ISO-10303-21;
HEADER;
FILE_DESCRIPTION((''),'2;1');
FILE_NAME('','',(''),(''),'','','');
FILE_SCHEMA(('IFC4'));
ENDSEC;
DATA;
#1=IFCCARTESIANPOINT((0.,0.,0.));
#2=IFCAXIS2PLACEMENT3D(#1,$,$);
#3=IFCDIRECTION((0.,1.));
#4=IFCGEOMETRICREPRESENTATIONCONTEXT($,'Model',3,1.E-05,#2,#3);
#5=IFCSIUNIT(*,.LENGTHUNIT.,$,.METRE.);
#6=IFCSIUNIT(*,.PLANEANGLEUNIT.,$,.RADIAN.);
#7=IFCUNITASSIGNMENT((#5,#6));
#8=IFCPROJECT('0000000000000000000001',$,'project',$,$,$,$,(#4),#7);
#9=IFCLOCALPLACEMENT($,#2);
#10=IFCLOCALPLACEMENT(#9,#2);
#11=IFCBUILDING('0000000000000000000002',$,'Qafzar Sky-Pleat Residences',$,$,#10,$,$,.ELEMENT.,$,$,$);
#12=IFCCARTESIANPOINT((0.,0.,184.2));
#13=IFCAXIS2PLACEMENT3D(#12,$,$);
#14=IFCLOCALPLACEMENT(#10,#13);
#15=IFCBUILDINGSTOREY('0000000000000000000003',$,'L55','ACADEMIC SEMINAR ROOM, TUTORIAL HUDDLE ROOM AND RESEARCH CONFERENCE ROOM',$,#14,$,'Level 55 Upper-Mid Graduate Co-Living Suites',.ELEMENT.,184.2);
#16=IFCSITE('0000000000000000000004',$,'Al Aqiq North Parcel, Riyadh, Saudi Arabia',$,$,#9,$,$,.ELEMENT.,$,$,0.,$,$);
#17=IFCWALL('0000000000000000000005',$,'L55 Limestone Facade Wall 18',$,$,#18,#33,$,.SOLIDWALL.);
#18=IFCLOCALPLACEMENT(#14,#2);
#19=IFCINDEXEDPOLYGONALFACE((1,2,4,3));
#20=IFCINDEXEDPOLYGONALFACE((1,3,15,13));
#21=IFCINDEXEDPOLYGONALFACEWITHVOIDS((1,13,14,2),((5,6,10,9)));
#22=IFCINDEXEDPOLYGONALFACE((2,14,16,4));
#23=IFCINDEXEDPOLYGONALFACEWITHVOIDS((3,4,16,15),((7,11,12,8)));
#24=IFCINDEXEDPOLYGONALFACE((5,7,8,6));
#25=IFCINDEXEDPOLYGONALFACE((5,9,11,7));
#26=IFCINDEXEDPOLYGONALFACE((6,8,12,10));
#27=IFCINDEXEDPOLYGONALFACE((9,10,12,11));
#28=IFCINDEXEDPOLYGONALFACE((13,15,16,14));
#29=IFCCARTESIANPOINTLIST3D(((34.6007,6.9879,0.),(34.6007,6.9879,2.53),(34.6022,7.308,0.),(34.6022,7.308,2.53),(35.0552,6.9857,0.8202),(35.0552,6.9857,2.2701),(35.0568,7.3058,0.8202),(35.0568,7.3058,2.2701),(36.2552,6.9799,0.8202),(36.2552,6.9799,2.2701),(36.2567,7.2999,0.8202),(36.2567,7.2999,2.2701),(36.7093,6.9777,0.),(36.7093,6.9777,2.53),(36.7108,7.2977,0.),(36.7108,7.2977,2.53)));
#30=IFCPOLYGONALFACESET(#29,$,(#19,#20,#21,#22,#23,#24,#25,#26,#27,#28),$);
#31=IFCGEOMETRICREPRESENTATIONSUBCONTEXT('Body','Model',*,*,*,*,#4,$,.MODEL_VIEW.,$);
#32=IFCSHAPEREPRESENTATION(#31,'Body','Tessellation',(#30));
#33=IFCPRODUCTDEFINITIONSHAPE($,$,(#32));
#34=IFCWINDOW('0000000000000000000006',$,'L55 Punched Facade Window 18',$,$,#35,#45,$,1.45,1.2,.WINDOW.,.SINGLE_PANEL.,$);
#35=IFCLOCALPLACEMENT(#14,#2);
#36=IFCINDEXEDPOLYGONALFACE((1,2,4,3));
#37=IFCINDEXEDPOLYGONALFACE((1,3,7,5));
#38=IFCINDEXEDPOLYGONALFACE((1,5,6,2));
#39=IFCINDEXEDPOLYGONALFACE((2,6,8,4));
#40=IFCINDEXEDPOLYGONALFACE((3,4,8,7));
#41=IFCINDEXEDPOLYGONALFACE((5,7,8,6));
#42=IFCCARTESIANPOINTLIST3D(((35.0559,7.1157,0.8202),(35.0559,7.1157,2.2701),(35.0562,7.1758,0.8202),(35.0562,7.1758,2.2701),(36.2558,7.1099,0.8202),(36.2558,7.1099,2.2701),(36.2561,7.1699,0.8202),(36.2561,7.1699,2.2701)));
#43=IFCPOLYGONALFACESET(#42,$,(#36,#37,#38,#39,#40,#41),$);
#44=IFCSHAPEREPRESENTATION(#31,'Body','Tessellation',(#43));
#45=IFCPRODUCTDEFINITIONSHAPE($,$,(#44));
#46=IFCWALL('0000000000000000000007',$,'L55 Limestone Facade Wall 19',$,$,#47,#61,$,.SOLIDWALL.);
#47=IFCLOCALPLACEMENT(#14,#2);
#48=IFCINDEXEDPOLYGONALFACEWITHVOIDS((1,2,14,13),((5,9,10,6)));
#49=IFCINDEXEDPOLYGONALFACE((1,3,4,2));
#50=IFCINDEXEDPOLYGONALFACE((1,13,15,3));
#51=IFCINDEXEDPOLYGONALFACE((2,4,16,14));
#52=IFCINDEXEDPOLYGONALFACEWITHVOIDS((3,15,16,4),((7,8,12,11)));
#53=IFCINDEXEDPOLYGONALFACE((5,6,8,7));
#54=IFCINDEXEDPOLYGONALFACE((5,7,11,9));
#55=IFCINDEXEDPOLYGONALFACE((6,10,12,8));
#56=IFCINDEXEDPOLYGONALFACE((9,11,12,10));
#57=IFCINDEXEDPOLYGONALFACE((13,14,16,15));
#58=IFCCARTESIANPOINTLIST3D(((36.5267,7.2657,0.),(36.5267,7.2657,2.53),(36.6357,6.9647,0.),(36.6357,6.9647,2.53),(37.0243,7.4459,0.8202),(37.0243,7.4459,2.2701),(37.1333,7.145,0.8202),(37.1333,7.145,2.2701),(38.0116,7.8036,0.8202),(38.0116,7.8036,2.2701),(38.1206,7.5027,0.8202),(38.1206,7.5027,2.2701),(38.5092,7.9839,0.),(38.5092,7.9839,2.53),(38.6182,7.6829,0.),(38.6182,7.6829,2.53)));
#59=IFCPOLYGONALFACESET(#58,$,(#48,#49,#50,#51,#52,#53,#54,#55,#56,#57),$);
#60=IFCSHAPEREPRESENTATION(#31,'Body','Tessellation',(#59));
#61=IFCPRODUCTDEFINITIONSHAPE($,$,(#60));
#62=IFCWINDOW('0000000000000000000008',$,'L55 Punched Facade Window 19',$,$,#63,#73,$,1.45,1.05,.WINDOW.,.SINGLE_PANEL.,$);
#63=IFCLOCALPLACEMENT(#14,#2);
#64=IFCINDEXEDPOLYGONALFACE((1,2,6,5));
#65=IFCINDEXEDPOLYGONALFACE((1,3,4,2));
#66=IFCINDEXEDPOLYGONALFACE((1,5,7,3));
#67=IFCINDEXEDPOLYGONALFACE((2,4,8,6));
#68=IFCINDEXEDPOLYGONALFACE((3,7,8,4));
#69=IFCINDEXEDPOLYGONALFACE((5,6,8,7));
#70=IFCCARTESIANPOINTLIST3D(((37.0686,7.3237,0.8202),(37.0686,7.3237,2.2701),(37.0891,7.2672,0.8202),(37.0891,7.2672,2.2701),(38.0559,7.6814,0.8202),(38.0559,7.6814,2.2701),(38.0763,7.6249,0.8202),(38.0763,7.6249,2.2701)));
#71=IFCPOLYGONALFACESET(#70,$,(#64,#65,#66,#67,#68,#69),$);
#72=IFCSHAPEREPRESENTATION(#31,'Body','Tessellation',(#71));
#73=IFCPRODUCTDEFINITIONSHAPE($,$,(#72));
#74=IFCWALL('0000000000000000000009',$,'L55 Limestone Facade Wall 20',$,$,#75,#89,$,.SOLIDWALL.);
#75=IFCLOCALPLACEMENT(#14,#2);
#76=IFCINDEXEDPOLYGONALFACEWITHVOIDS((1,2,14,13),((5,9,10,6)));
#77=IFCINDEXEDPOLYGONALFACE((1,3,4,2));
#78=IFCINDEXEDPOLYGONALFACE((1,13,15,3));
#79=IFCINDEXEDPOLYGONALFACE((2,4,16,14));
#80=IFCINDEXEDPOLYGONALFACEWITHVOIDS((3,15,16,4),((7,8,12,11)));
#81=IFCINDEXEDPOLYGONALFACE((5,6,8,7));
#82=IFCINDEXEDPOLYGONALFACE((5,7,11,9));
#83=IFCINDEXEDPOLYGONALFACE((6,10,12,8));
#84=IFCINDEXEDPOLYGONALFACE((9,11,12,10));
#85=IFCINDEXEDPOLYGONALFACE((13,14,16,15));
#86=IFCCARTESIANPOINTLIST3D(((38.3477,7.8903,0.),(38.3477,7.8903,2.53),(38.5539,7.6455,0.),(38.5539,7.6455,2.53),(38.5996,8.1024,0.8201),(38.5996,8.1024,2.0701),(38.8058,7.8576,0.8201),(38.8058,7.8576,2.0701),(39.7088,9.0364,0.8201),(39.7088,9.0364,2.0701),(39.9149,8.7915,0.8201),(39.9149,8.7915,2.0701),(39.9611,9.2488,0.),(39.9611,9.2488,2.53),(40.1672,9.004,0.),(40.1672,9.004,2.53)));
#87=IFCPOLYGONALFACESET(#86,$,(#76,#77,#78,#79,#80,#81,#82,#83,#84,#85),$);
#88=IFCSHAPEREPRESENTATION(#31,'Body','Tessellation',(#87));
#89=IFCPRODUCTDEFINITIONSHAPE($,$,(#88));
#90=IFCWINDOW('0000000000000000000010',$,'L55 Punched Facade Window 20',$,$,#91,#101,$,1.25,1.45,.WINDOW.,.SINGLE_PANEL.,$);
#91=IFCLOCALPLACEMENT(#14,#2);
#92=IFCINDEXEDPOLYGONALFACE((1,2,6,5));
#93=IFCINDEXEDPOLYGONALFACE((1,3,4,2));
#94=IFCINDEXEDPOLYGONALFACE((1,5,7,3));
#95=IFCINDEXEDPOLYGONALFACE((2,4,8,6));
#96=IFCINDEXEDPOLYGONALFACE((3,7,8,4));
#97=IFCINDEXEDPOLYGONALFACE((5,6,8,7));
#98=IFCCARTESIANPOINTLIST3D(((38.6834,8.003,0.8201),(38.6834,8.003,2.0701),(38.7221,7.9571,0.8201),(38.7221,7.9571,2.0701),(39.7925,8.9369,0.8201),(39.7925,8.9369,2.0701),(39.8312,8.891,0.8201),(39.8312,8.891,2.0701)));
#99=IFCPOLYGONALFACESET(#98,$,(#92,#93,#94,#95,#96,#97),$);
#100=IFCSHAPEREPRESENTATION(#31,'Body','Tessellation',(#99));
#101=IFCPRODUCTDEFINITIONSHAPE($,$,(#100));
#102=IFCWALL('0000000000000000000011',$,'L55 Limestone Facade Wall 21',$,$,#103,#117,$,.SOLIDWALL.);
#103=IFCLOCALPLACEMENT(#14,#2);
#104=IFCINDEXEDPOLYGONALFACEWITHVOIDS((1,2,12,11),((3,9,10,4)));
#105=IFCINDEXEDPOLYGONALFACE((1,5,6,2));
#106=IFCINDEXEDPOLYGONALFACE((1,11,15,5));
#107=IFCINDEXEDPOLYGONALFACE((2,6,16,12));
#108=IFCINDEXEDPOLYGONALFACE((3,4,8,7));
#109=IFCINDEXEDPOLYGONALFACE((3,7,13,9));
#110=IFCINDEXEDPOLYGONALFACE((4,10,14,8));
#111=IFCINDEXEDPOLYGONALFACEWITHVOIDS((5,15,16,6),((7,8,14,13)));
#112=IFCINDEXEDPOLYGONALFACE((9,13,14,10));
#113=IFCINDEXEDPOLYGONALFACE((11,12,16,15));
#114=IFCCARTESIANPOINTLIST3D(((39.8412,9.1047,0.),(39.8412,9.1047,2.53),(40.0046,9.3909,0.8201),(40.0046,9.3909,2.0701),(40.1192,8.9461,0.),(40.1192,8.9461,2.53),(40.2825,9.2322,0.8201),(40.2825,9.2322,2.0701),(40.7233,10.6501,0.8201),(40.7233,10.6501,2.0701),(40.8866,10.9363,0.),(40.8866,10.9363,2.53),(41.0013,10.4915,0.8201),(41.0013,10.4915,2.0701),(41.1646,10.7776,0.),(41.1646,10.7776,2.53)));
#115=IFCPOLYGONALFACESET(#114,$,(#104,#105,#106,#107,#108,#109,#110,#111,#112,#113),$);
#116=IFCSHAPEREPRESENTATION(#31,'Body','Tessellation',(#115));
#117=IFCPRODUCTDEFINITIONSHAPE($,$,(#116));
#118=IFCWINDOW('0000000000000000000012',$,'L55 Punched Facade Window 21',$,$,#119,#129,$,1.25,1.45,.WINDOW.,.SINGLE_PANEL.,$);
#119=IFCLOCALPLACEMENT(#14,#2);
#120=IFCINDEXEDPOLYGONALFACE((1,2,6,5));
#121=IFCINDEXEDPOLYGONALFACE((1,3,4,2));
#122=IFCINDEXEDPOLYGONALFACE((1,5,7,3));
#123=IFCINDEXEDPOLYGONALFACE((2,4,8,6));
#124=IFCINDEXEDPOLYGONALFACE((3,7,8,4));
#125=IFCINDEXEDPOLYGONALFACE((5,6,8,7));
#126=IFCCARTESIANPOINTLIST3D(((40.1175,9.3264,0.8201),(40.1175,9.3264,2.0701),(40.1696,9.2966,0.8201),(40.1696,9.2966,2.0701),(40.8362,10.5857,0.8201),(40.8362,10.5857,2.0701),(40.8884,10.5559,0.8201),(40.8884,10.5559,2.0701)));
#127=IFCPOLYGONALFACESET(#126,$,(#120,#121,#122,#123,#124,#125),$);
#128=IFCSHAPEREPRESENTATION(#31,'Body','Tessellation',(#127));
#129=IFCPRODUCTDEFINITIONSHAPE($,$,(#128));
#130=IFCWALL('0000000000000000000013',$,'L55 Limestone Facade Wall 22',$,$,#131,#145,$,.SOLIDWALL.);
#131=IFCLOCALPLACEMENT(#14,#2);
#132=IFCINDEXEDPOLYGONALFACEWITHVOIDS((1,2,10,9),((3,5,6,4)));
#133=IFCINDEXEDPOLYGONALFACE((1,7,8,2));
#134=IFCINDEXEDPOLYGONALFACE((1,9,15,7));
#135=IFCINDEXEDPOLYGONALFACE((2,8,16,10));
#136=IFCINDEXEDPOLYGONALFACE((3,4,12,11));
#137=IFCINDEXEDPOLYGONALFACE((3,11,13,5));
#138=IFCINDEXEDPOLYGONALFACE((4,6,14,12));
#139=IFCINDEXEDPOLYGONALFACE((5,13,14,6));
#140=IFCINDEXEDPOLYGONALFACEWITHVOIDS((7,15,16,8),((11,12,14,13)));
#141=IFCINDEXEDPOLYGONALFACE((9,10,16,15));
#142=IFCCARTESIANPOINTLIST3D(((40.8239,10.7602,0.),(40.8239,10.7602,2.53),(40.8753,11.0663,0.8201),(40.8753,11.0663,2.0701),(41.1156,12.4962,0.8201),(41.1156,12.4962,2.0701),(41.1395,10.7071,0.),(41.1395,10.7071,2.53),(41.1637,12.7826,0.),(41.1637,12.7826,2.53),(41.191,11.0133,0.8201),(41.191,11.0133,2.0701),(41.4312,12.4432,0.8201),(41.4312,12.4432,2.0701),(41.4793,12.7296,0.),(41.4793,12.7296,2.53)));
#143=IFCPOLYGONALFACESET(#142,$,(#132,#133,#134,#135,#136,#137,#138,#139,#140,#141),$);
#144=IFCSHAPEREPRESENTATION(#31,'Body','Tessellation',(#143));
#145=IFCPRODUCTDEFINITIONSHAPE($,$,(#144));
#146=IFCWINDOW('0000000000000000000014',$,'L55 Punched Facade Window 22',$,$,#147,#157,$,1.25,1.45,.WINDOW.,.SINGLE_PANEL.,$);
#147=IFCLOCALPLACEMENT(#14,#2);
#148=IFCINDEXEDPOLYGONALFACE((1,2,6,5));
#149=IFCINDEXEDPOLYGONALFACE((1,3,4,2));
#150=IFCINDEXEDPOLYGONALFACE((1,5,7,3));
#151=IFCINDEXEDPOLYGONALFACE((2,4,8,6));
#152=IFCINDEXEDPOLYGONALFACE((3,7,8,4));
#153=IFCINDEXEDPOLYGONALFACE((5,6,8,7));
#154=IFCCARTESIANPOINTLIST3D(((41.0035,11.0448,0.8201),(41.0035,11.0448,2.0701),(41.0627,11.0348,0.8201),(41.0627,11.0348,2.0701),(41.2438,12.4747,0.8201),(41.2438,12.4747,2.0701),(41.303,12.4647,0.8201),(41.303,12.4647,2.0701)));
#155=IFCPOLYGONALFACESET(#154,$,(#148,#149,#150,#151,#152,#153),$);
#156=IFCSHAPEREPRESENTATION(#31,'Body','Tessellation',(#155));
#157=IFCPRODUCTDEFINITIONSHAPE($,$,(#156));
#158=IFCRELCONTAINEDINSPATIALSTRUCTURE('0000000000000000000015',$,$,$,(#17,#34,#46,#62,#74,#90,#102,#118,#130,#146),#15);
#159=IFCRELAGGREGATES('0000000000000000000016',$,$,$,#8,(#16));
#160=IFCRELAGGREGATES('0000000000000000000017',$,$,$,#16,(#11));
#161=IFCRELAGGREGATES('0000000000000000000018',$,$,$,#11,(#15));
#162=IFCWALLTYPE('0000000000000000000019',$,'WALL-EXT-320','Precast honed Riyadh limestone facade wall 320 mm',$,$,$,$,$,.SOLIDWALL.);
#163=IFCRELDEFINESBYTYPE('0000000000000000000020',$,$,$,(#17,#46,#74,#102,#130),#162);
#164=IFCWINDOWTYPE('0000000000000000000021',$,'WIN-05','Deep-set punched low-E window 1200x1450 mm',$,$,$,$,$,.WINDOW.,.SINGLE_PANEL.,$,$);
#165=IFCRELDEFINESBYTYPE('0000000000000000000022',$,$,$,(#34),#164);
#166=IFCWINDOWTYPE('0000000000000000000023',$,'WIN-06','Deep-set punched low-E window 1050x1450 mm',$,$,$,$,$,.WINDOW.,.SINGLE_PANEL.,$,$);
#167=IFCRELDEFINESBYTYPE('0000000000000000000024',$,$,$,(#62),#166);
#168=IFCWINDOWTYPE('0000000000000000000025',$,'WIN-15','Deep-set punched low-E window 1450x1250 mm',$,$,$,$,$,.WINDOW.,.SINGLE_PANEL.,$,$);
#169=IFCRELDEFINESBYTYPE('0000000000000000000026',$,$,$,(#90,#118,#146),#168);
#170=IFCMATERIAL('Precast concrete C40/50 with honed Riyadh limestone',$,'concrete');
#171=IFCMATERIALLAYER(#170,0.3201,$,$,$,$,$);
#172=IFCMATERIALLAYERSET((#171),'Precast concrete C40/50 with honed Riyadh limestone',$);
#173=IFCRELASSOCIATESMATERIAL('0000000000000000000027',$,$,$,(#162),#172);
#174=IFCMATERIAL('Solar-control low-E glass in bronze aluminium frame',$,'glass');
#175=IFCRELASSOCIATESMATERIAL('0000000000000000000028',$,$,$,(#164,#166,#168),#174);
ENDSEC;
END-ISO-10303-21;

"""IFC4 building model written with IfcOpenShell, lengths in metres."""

from ifc_helpers import new_model, si_unit, direction, frame, frame_2d, origin, place, context, subcontext, project, spatial, rectangle, extrude, source, transform, mapped, material, layer, layer_set, type_object, element, fill, save


model = new_model("IFC4")

# Units and contexts
model_context = context("Model", 3, precision=1e-05, world=origin(), true_north=direction((0.0, 1.0)))
body_context = subcontext(model_context, "Body", "Model", "MODEL_VIEW")
ifc_project = project(units=[si_unit("LENGTHUNIT", "METRE"), si_unit("PLANEANGLEUNIT", "RADIAN")], contexts=[model_context])

# Site, building, storey
site_placement = place(None, origin())
site = spatial("IfcSite", under=ifc_project, at=site_placement, Name="Al Aqiq North Parcel, Riyadh, Saudi Arabia", CompositionType="ELEMENT", RefElevation=0.0)
building_placement = place(site_placement, origin())
building = spatial("IfcBuilding", under=site, at=building_placement, Name="Qafzar Sky-Pleat Residences", CompositionType="ELEMENT")
storey_placement = place(building_placement, frame((0.0, 0.0, 184.2)))
storey = spatial("IfcBuildingStorey", under=building, at=storey_placement, Name="L55", Description="ACADEMIC SEMINAR ROOM, TUTORIAL HUDDLE ROOM AND RESEARCH CONFERENCE ROOM", LongName="Level 55 Upper-Mid Graduate Co-Living Suites", CompositionType="ELEMENT", Elevation=184.2)

# Walls, openings, windows
ifc_material_1 = material(Name="Precast concrete C40/50 with honed Riyadh limestone", Category="concrete")
ifc_layer_1 = layer(ifc_material_1, 0.3201)
ifc_layer_set_1 = layer_set([ifc_layer_1], Name="Precast concrete C40/50 with honed Riyadh limestone")
wall_type = type_object("IfcWallType", Name="WALL-EXT-320", Description="Precast honed Riyadh limestone facade wall 320 mm", PredefinedType="SOLIDWALL", material=ifc_layer_set_1)
wall_1_placement = place(storey_placement, frame((34.6016, 7.1479, 0.0), z_axis=(0.0, 0.0, 1.0), x_axis=(0.999988, -0.004863, 0.0)))
wall_1 = element("IfcWall", 1, at=wall_1_placement, inside=storey, type_object=wall_type, Name="L55 Limestone Facade Wall 18", PredefinedType="SOLIDWALL", context=body_context, shape_type="SweptSolid", body=[
    extrude(rectangle(XDim=2.1086, YDim=0.3201, at=frame_2d((1.0542, 0.0))), origin(), (0.0, 0.0, 1.0), 2.53),
])
opening_1_placement = place(wall_1_placement, frame((0.4543, 0.0, 0.8201)))
opening_1 = element("IfcOpeningElement", 2, at=opening_1_placement, cuts=wall_1, PredefinedType="OPENING", context=body_context, shape_type="SweptSolid", body=[
    extrude(rectangle(XDim=1.2, YDim=1.45, at=frame_2d((0.6001, 0.7251))), frame((0.0, 0.1699, 0.0), z_axis=(0.0, -1.0, 0.0), x_axis=(1.0, 0.0, 0.0)), (0.0, 0.0, 1.0), 0.3401),
])
ifc_material_2 = material(Name="Solar-control low-E glass in bronze aluminium frame", Category="glass")
window_type_1 = type_object("IfcWindowType", Name="WIN-05", Description="Deep-set punched low-E window 1200x1450 mm", PartitioningType="SINGLE_PANEL", PredefinedType="WINDOW", material=ifc_material_2)
shared_shape_1 = source(origin(), body_context, "Body", "SweptSolid", [
    extrude(rectangle(XDim=1.2, YDim=1.45, at=frame_2d((0.6001, 0.7251))), frame((0.0, 0.03, 0.0), z_axis=(0.0, -1.0, 0.0), x_axis=(1.0, 0.0, 0.0)), (0.0, 0.0, 1.0), 0.0601),
])
window_1_placement = place(opening_1_placement, origin())
window_1 = element("IfcWindow", 3, at=window_1_placement, inside=storey, type_object=window_type_1, Name="L55 Punched Facade Window 18", OverallHeight=1.45, OverallWidth=1.2, PartitioningType="SINGLE_PANEL", PredefinedType="WINDOW", context=body_context, shape_type="MappedRepresentation", body=[
    mapped(shared_shape_1, transform((0.0, 0.0, 0.0), x_axis=(1.0, 0.0, 0.0), y_axis=(0.0, 1.0, 0.0), z_axis=(0.0, 0.0, 1.0), scale=1.0)),
])
fill(opening_1, window_1)
wall_2_placement = place(storey_placement, frame((36.5813, 7.1152, 0.0), z_axis=(0.0, 0.0, 1.0), x_axis=(0.940205, 0.340609, 0.0)))
wall_2 = element("IfcWall", 4, at=wall_2_placement, inside=storey, type_object=wall_type, Name="L55 Limestone Facade Wall 19", PredefinedType="SOLIDWALL", context=body_context, shape_type="SweptSolid", body=[
    extrude(rectangle(XDim=2.1086, YDim=0.3201, at=frame_2d((1.0542, 0.0))), origin(), (0.0, 0.0, 1.0), 2.53),
])
opening_2_placement = place(wall_2_placement, frame((0.5293, 0.0, 0.8201)))
opening_2 = element("IfcOpeningElement", 5, at=opening_2_placement, cuts=wall_2, PredefinedType="OPENING", context=body_context, shape_type="SweptSolid", body=[
    extrude(rectangle(XDim=1.05, YDim=1.45, at=frame_2d((0.5249, 0.7251))), frame((0.0, 0.1699, 0.0), z_axis=(0.0, -1.0, 0.0), x_axis=(1.0, 0.0, 0.0)), (0.0, 0.0, 1.0), 0.3401),
])
window_type_2 = type_object("IfcWindowType", Name="WIN-06", Description="Deep-set punched low-E window 1050x1450 mm", PartitioningType="SINGLE_PANEL", PredefinedType="WINDOW", material=ifc_material_2)
shared_shape_2 = source(origin(), body_context, "Body", "SweptSolid", [
    extrude(rectangle(XDim=1.05, YDim=1.45, at=frame_2d((0.5249, 0.7251))), frame((0.0, 0.03, 0.0), z_axis=(0.0, -1.0, 0.0), x_axis=(1.0, 0.0, 0.0)), (0.0, 0.0, 1.0), 0.0601),
])
window_2_placement = place(opening_2_placement, origin())
window_2 = element("IfcWindow", 6, at=window_2_placement, inside=storey, type_object=window_type_2, Name="L55 Punched Facade Window 19", OverallHeight=1.45, OverallWidth=1.05, PartitioningType="SINGLE_PANEL", PredefinedType="WINDOW", context=body_context, shape_type="MappedRepresentation", body=[
    mapped(shared_shape_2, transform((0.0, 0.0, 0.0), x_axis=(1.0, 0.0, 0.0), y_axis=(0.0, 1.0, 0.0), z_axis=(0.0, 0.0, 1.0), scale=1.0)),
])
fill(opening_2, window_2)
wall_3_placement = place(storey_placement, frame((38.4507, 7.7678, 0.0), z_axis=(0.0, 0.0, 1.0), x_axis=(0.764947, 0.644093, 0.0)))
wall_3 = element("IfcWall", 7, at=wall_3_placement, inside=storey, type_object=wall_type, Name="L55 Limestone Facade Wall 20", PredefinedType="SOLIDWALL", context=body_context, shape_type="SweptSolid", body=[
    extrude(rectangle(XDim=2.1091, YDim=0.3201, at=frame_2d((1.0547, 0.0))), origin(), (0.0, 0.0, 1.0), 2.53),
])
opening_3_placement = place(wall_3_placement, frame((0.3293, 0.0, 0.8201)))
opening_3 = element("IfcOpeningElement", 8, at=opening_3_placement, cuts=wall_3, PredefinedType="OPENING", context=body_context, shape_type="SweptSolid", body=[
    extrude(rectangle(XDim=1.45, YDim=1.25, at=frame_2d((0.7251, 0.625))), frame((0.0, 0.1699, 0.0), z_axis=(0.0, -1.0, 0.0), x_axis=(1.0, 0.0, 0.0)), (0.0, 0.0, 1.0), 0.3401),
])
window_type_3 = type_object("IfcWindowType", Name="WIN-15", Description="Deep-set punched low-E window 1450x1250 mm", PartitioningType="SINGLE_PANEL", PredefinedType="WINDOW", material=ifc_material_2)
shared_shape_3 = source(origin(), body_context, "Body", "SweptSolid", [
    extrude(rectangle(XDim=1.45, YDim=1.25, at=frame_2d((0.7251, 0.625))), frame((0.0, 0.03, 0.0), z_axis=(0.0, -1.0, 0.0), x_axis=(1.0, 0.0, 0.0)), (0.0, 0.0, 1.0), 0.0601),
])
window_3_placement = place(opening_3_placement, origin())
window_3 = element("IfcWindow", 9, at=window_3_placement, inside=storey, type_object=window_type_3, Name="L55 Punched Facade Window 20", OverallHeight=1.25, OverallWidth=1.45, PartitioningType="SINGLE_PANEL", PredefinedType="WINDOW", context=body_context, shape_type="MappedRepresentation", body=[
    mapped(shared_shape_3, transform((0.0, 0.0, 0.0), x_axis=(1.0, 0.0, 0.0), y_axis=(0.0, 1.0, 0.0), z_axis=(0.0, 0.0, 1.0), scale=1.0)),
])
fill(opening_3, window_3)
wall_4_placement = place(storey_placement, frame((39.9802, 9.0254, 0.0), z_axis=(0.0, 0.0, 1.0), x_axis=(0.495715, 0.868485, 0.0)))
wall_4 = element("IfcWall", 10, at=wall_4_placement, inside=storey, type_object=wall_type, Name="L55 Limestone Facade Wall 21", PredefinedType="SOLIDWALL", context=body_context, shape_type="SweptSolid", body=[
    extrude(rectangle(XDim=2.1089, YDim=0.3201, at=frame_2d((1.0544, 0.0))), origin(), (0.0, 0.0, 1.0), 2.53),
])
opening_4_placement = place(wall_4_placement, frame((0.3293, 0.0, 0.8201)))
opening_4 = element("IfcOpeningElement", 11, at=opening_4_placement, cuts=wall_4, PredefinedType="OPENING", context=body_context, shape_type="SweptSolid", body=[
    extrude(rectangle(XDim=1.45, YDim=1.25, at=frame_2d((0.7251, 0.625))), frame((0.0, 0.1699, 0.0), z_axis=(0.0, -1.0, 0.0), x_axis=(1.0, 0.0, 0.0)), (0.0, 0.0, 1.0), 0.3401),
])
window_4_placement = place(opening_4_placement, origin())
window_4 = element("IfcWindow", 12, at=window_4_placement, inside=storey, type_object=window_type_3, Name="L55 Punched Facade Window 21", OverallHeight=1.25, OverallWidth=1.45, PartitioningType="SINGLE_PANEL", PredefinedType="WINDOW", context=body_context, shape_type="MappedRepresentation", body=[
    mapped(shared_shape_3, transform((0.0, 0.0, 0.0), x_axis=(1.0, 0.0, 0.0), y_axis=(0.0, 1.0, 0.0), z_axis=(0.0, 0.0, 1.0), scale=1.0)),
])
fill(opening_4, window_4)
wall_5_placement = place(storey_placement, frame((40.9817, 10.7336, 0.0), z_axis=(0.0, 0.0, 1.0), x_axis=(0.165712, 0.986174, 0.0)))
wall_5 = element("IfcWall", 13, at=wall_5_placement, inside=storey, type_object=wall_type, Name="L55 Limestone Facade Wall 22", PredefinedType="SOLIDWALL", context=body_context, shape_type="SweptSolid", body=[
    extrude(rectangle(XDim=2.0508, YDim=0.3201, at=frame_2d((1.0254, 0.0))), origin(), (0.0, 0.0, 1.0), 2.53),
])
opening_5_placement = place(wall_5_placement, frame((0.3103, 0.0, 0.8201)))
opening_5 = element("IfcOpeningElement", 14, at=opening_5_placement, cuts=wall_5, PredefinedType="OPENING", context=body_context, shape_type="SweptSolid", body=[
    extrude(rectangle(XDim=1.45, YDim=1.25, at=frame_2d((0.7251, 0.625))), frame((0.0, 0.1699, 0.0), z_axis=(0.0, -1.0, 0.0), x_axis=(1.0, 0.0, 0.0)), (0.0, 0.0, 1.0), 0.3401),
])
window_5_placement = place(opening_5_placement, origin())
window_5 = element("IfcWindow", 15, at=window_5_placement, inside=storey, type_object=window_type_3, Name="L55 Punched Facade Window 22", OverallHeight=1.25, OverallWidth=1.45, PartitioningType="SINGLE_PANEL", PredefinedType="WINDOW", context=body_context, shape_type="MappedRepresentation", body=[
    mapped(shared_shape_3, transform((0.0, 0.0, 0.0), x_axis=(1.0, 0.0, 0.0), y_axis=(0.0, 1.0, 0.0), z_axis=(0.0, 0.0, 1.0), scale=1.0)),
])
fill(opening_5, window_5)

save(model, "model.ifc")
